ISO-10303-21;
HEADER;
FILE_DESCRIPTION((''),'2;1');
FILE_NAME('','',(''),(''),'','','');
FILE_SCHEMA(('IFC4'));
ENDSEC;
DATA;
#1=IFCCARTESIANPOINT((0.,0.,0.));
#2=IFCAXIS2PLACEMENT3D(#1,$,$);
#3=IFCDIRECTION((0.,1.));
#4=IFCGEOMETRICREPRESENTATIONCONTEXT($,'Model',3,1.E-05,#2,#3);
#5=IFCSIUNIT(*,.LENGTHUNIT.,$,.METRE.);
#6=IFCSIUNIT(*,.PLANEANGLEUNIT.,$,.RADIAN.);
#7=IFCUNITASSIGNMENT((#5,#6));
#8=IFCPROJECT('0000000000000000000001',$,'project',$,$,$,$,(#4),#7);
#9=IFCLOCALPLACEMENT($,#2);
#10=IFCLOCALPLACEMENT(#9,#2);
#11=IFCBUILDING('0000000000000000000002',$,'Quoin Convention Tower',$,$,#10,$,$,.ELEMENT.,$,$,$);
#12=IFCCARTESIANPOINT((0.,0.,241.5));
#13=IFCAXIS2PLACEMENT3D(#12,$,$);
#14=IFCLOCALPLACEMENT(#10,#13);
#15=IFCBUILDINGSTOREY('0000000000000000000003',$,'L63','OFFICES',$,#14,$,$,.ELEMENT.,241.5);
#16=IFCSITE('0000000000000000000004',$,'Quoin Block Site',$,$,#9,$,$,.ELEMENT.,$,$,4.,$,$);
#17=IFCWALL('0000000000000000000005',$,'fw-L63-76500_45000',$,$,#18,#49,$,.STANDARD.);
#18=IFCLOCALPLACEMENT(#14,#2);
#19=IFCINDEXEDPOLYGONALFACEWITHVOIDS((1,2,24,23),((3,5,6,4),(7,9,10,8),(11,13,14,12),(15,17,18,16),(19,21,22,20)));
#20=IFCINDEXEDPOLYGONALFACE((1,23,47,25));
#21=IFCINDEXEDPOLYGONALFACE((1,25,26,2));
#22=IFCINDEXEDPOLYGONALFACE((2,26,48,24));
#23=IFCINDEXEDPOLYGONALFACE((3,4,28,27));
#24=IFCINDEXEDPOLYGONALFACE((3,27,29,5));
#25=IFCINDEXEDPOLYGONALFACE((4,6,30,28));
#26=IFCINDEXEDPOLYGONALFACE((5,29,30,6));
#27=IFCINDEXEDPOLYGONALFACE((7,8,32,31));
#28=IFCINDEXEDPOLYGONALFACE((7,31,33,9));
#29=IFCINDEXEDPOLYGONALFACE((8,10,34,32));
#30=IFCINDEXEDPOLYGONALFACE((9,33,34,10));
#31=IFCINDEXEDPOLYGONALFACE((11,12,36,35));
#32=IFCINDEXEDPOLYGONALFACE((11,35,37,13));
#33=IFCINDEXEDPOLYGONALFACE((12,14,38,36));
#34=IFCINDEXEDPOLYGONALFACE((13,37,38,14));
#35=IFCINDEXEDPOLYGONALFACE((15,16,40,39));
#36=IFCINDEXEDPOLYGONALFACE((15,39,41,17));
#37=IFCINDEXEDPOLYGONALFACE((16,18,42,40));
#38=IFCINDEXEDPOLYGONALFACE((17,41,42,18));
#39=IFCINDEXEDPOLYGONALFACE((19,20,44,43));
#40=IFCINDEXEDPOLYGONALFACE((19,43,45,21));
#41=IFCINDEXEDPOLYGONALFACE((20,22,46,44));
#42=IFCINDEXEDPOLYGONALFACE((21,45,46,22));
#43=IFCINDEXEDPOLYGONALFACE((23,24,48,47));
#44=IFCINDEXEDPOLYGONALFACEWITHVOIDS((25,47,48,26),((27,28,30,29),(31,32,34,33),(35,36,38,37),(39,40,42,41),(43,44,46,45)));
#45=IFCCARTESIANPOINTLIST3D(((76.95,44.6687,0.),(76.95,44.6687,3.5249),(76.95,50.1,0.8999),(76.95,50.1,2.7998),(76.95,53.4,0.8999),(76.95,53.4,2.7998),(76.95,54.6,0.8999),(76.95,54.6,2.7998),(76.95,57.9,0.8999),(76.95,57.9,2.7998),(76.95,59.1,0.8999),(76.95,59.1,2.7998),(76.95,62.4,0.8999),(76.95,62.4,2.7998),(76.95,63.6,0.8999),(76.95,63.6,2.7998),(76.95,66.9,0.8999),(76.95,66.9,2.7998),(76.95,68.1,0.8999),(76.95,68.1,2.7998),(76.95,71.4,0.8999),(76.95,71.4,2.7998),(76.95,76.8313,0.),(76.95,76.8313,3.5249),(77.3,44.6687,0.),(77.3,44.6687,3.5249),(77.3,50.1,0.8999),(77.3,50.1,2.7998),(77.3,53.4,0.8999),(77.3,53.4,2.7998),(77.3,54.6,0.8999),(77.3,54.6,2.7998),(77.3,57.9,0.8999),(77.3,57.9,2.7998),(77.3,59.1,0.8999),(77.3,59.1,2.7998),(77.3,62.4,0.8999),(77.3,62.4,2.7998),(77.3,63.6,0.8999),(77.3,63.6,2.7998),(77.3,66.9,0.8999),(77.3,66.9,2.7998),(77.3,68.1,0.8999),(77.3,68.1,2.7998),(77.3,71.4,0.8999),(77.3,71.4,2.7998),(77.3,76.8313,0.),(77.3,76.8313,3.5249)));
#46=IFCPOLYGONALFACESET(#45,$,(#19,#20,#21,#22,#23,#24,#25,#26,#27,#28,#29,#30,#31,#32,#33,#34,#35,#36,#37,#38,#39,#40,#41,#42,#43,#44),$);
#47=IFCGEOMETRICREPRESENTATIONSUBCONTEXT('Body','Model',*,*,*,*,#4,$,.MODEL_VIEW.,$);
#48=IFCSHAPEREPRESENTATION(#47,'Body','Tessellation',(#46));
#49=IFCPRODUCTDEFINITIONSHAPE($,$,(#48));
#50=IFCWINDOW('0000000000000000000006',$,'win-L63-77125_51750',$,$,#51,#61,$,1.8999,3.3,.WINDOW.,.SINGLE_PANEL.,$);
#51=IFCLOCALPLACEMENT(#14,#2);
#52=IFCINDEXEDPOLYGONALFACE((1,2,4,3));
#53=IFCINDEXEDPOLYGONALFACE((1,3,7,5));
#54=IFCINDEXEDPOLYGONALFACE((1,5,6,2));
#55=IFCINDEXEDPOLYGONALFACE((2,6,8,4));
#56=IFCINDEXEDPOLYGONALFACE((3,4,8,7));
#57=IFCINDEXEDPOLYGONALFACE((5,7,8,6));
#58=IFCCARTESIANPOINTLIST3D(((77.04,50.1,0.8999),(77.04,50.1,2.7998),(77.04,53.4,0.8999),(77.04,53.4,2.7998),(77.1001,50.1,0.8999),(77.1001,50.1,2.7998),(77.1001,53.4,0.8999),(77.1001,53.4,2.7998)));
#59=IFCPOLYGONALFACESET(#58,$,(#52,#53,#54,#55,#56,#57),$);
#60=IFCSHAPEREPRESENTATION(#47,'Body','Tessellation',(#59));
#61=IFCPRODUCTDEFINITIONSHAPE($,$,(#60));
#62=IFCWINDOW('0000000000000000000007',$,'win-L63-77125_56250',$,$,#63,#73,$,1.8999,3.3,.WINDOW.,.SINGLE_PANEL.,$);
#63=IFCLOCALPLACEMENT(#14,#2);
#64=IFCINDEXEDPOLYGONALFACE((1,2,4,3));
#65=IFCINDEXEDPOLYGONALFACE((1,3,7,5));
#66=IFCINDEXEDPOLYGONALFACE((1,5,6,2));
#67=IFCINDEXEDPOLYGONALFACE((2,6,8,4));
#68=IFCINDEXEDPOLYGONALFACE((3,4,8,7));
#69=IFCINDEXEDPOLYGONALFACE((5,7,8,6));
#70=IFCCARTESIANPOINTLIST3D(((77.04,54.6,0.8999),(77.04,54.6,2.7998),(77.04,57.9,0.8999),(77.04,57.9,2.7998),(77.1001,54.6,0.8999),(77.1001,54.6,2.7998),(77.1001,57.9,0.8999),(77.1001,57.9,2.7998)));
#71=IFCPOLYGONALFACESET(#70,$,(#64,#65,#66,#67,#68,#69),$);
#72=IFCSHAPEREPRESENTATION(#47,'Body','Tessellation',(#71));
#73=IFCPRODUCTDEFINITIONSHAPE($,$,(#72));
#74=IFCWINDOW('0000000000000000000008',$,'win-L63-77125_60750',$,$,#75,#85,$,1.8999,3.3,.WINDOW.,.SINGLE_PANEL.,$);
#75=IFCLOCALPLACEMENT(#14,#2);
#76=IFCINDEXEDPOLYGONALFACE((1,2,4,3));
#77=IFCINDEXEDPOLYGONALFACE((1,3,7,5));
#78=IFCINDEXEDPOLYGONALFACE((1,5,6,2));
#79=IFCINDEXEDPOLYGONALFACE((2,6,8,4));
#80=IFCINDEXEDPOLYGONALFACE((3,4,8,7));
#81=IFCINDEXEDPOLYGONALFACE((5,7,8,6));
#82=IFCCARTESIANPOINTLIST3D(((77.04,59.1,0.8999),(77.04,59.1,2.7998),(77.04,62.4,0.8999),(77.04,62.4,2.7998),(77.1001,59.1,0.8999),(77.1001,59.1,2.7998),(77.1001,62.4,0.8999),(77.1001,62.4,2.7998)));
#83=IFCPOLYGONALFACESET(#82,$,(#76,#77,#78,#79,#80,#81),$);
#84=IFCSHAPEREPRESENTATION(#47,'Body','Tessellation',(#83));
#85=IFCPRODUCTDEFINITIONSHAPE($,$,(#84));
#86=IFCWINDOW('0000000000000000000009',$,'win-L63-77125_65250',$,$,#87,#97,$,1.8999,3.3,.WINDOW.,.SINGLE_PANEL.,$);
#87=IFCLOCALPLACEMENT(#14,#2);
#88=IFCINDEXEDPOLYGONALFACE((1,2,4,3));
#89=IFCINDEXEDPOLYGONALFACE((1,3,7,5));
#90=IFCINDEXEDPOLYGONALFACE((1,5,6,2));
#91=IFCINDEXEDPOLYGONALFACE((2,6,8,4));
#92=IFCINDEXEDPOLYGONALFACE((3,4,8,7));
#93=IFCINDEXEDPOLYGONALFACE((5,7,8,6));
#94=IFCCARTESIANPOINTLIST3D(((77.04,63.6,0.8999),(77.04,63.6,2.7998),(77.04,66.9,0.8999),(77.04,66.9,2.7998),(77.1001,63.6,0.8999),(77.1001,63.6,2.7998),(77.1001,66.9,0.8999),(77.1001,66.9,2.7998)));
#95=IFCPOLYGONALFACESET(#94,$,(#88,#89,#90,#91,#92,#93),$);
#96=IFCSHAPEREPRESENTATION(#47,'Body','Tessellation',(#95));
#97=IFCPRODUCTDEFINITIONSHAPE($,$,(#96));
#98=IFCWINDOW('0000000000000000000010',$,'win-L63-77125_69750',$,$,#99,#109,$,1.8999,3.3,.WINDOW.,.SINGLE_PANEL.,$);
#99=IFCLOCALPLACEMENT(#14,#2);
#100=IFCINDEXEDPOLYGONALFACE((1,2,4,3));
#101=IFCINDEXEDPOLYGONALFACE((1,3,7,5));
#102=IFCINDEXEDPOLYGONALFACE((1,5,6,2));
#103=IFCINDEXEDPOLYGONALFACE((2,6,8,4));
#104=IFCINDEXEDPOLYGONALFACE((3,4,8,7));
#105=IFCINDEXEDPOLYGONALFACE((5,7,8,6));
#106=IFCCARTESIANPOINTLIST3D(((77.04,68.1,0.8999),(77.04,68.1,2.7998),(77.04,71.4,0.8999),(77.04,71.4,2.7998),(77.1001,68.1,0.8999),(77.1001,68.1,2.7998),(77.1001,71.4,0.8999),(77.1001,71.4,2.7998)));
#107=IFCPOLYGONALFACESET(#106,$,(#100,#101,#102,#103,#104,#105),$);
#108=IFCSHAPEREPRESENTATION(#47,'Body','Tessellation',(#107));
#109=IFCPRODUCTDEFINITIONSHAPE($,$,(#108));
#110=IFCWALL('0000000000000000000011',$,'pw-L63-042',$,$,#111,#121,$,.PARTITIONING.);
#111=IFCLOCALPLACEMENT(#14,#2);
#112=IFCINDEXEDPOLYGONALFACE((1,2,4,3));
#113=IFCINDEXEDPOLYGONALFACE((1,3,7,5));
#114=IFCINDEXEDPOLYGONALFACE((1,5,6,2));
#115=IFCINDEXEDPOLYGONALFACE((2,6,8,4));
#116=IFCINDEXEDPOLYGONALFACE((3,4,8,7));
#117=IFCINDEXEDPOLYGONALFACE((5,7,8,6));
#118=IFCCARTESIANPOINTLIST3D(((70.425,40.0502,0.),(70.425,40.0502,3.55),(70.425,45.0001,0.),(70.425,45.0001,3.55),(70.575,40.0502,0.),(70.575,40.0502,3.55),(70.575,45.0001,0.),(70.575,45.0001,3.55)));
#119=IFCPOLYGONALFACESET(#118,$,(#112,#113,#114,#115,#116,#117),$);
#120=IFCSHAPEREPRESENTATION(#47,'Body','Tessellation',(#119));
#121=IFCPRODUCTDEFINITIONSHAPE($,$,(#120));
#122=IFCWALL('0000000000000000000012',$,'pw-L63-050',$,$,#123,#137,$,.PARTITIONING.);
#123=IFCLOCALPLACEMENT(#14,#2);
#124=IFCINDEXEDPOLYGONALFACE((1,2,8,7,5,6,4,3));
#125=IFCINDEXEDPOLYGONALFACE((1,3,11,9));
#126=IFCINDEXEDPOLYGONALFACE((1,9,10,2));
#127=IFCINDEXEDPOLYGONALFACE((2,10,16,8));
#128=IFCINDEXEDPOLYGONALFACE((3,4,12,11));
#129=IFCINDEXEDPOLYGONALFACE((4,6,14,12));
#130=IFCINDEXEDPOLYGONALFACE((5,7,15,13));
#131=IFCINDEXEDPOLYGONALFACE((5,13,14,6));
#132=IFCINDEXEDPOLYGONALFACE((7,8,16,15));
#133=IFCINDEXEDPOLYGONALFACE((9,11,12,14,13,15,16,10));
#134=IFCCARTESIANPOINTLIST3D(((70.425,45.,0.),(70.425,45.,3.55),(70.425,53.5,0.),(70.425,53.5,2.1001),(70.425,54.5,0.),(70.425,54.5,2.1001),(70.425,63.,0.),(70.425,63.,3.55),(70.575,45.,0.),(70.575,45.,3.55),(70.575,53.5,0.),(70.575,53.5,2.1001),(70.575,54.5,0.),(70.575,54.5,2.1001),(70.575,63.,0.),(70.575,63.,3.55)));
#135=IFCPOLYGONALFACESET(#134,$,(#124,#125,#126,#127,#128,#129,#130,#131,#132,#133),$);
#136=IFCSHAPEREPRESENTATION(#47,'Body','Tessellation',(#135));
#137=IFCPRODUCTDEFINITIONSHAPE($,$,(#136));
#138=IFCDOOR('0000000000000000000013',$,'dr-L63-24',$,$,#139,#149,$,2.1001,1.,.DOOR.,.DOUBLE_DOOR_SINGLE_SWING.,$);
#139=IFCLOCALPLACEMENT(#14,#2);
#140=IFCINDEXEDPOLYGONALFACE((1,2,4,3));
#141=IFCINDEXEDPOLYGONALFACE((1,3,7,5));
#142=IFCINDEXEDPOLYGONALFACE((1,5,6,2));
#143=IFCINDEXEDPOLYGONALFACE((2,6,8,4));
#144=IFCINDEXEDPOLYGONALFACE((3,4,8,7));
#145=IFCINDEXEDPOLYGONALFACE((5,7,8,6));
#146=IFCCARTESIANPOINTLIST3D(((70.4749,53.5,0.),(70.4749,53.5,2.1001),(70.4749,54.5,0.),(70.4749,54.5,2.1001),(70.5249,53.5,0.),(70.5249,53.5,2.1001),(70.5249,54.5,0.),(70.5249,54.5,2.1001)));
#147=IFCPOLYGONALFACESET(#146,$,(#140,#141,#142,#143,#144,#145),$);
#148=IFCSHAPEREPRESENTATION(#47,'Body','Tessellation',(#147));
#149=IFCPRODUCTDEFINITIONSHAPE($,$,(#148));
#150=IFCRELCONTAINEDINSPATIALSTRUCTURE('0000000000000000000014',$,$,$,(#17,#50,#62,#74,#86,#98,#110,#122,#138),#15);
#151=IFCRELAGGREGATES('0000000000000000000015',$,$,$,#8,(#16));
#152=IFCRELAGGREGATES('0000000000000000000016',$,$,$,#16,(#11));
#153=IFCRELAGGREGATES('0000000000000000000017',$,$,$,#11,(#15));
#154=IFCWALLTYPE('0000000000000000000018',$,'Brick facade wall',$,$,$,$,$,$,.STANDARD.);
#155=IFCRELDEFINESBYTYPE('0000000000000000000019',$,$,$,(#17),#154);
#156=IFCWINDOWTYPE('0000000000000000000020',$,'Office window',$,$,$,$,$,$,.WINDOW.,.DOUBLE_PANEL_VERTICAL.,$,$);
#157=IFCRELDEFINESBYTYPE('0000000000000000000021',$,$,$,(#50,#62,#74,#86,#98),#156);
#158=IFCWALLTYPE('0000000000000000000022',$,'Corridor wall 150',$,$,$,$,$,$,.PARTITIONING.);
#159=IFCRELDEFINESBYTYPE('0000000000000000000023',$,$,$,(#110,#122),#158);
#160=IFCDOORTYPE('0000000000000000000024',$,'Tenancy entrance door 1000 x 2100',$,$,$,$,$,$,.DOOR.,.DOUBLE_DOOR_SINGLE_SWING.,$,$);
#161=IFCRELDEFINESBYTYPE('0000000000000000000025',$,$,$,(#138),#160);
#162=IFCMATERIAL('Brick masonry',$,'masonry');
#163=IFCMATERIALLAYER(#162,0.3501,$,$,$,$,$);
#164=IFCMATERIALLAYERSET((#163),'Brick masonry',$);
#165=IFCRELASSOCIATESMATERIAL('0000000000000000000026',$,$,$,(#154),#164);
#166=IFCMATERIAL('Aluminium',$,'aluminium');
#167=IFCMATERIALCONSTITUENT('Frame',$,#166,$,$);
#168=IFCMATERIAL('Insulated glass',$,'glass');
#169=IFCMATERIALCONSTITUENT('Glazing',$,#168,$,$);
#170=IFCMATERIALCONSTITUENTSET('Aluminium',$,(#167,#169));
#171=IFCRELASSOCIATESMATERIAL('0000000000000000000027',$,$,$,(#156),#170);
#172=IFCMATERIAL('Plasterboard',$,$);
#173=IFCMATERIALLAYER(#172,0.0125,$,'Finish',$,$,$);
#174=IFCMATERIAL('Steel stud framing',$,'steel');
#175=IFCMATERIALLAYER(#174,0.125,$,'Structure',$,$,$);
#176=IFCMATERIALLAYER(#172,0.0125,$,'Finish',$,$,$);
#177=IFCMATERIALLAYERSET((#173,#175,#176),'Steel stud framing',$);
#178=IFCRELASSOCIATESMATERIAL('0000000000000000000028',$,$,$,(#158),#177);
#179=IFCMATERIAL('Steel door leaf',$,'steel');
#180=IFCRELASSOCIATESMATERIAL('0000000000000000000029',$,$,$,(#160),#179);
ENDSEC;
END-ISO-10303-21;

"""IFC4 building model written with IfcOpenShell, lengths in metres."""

from ifc_helpers import new_model, si_unit, direction, frame, frame_2d, origin, place, context, subcontext, project, spatial, rectangle, extrude, material, layer, layer_set, constituent, constituent_set, type_object, element, fill, save


model = new_model("IFC4")

# Units and contexts
model_context = context("Model", 3, precision=1e-05, world=origin(), true_north=direction((0.0, 1.0)))
body_context = subcontext(model_context, "Body", "Model", "MODEL_VIEW")
ifc_project = project(units=[si_unit("LENGTHUNIT", "METRE"), si_unit("PLANEANGLEUNIT", "RADIAN")], contexts=[model_context])

# Site, building, storey
site_placement = place(None, origin())
site = spatial("IfcSite", under=ifc_project, at=site_placement, Name="Quoin Block Site", CompositionType="ELEMENT", RefElevation=4.0)
building_placement = place(site_placement, origin())
building = spatial("IfcBuilding", under=site, at=building_placement, Name="Quoin Convention Tower", CompositionType="ELEMENT")
storey_placement = place(building_placement, frame((0.0, 0.0, 241.5)))
storey = spatial("IfcBuildingStorey", under=building, at=storey_placement, Name="L63", Description="OFFICES", CompositionType="ELEMENT", Elevation=241.5)

# Shared definitions
ifc_material_1 = material(Name="Brick masonry", Category="masonry")
ifc_layer_1 = layer(ifc_material_1, 0.3501)
ifc_layer_set_1 = layer_set([ifc_layer_1], Name="Brick masonry")
wall_type_1 = type_object("IfcWallType", Name="Brick facade wall", PredefinedType="STANDARD", material=ifc_layer_set_1)
ifc_material_2 = material(Name="Aluminium", Category="aluminium")
ifc_constituent_1 = constituent(ifc_material_2, Name="Frame")
ifc_material_3 = material(Name="Insulated glass", Category="glass")
ifc_constituent_2 = constituent(ifc_material_3, Name="Glazing")
ifc_constituent_set = constituent_set(constituents=[ifc_constituent_1, ifc_constituent_2], Name="Aluminium")
window_type = type_object("IfcWindowType", Name="Office window", PartitioningType="DOUBLE_PANEL_VERTICAL", PredefinedType="WINDOW", material=ifc_constituent_set)

# Wall, openings, windows
wall_1_placement = place(storey_placement, frame((77.125, 44.6687, 0.0), z_axis=(0.0, 0.0, 1.0), x_axis=(0.0, 1.0, 0.0)))
wall_1 = element("IfcWall", 1, at=wall_1_placement, inside=storey, type_object=wall_type_1, Name="fw-L63-76500_45000", PredefinedType="STANDARD", context=body_context, shape_type="SweptSolid", body=[
    extrude(rectangle(XDim=32.1626, YDim=0.3501, at=frame_2d((16.0813, 0.0))), origin(), (0.0, 0.0, 1.0), 3.5249),
])
opening_1_placement = place(wall_1_placement, frame((5.4314, 0.0, 0.8999)))
opening_1 = element("IfcOpeningElement", 2, at=opening_1_placement, cuts=wall_1, PredefinedType="OPENING", context=body_context, shape_type="SweptSolid", body=[
    extrude(rectangle(XDim=3.3, YDim=1.8999, at=frame_2d((1.6499, 0.95))), frame((0.0, 0.1851, 0.0), z_axis=(0.0, -1.0, 0.0), x_axis=(1.0, 0.0, 0.0)), (0.0, 0.0, 1.0), 0.3701),
])
opening_2_placement = place(wall_1_placement, frame((9.9314, 0.0, 0.8999)))
opening_2 = element("IfcOpeningElement", 3, at=opening_2_placement, cuts=wall_1, PredefinedType="OPENING", context=body_context, shape_type="SweptSolid", body=[
    extrude(rectangle(XDim=3.3, YDim=1.8999, at=frame_2d((1.6499, 0.95))), frame((0.0, 0.1851, 0.0), z_axis=(0.0, -1.0, 0.0), x_axis=(1.0, 0.0, 0.0)), (0.0, 0.0, 1.0), 0.3701),
])
opening_3_placement = place(wall_1_placement, frame((14.4314, 0.0, 0.8999)))
opening_3 = element("IfcOpeningElement", 4, at=opening_3_placement, cuts=wall_1, PredefinedType="OPENING", context=body_context, shape_type="SweptSolid", body=[
    extrude(rectangle(XDim=3.3, YDim=1.8999, at=frame_2d((1.6499, 0.95))), frame((0.0, 0.1851, 0.0), z_axis=(0.0, -1.0, 0.0), x_axis=(1.0, 0.0, 0.0)), (0.0, 0.0, 1.0), 0.3701),
])
opening_4_placement = place(wall_1_placement, frame((18.9314, 0.0, 0.8999)))
opening_4 = element("IfcOpeningElement", 5, at=opening_4_placement, cuts=wall_1, PredefinedType="OPENING", context=body_context, shape_type="SweptSolid", body=[
    extrude(rectangle(XDim=3.3, YDim=1.8999, at=frame_2d((1.6499, 0.95))), frame((0.0, 0.1851, 0.0), z_axis=(0.0, -1.0, 0.0), x_axis=(1.0, 0.0, 0.0)), (0.0, 0.0, 1.0), 0.3701),
])
opening_5_placement = place(wall_1_placement, frame((23.4314, 0.0, 0.8999)))
opening_5 = element("IfcOpeningElement", 6, at=opening_5_placement, cuts=wall_1, PredefinedType="OPENING", context=body_context, shape_type="SweptSolid", body=[
    extrude(rectangle(XDim=3.3, YDim=1.8999, at=frame_2d((1.6499, 0.95))), frame((0.0, 0.1851, 0.0), z_axis=(0.0, -1.0, 0.0), x_axis=(1.0, 0.0, 0.0)), (0.0, 0.0, 1.0), 0.3701),
])
window_1_placement = place(opening_1_placement, origin())
window_1 = element("IfcWindow", 7, at=window_1_placement, inside=storey, type_object=window_type, Name="win-L63-77125_51750", OverallHeight=1.8999, OverallWidth=3.3, PartitioningType="SINGLE_PANEL", PredefinedType="WINDOW", context=body_context, shape_type="SweptSolid", body=[
    extrude(rectangle(XDim=3.3, YDim=1.8999, at=frame_2d((1.6499, 0.95))), frame((0.0, 0.085, 0.0), z_axis=(0.0, -1.0, 0.0), x_axis=(1.0, 0.0, 0.0)), (0.0, 0.0, 1.0), 0.0601),
])
fill(opening_1, window_1)
window_2_placement = place(opening_2_placement, origin())
window_2 = element("IfcWindow", 8, at=window_2_placement, inside=storey, type_object=window_type, Name="win-L63-77125_56250", OverallHeight=1.8999, OverallWidth=3.3, PartitioningType="SINGLE_PANEL", PredefinedType="WINDOW", context=body_context, shape_type="SweptSolid", body=[
    extrude(rectangle(XDim=3.3, YDim=1.8999, at=frame_2d((1.6499, 0.95))), frame((0.0, 0.085, 0.0), z_axis=(0.0, -1.0, 0.0), x_axis=(1.0, 0.0, 0.0)), (0.0, 0.0, 1.0), 0.0601),
])
fill(opening_2, window_2)
window_3_placement = place(opening_3_placement, origin())
window_3 = element("IfcWindow", 9, at=window_3_placement, inside=storey, type_object=window_type, Name="win-L63-77125_60750", OverallHeight=1.8999, OverallWidth=3.3, PartitioningType="SINGLE_PANEL", PredefinedType="WINDOW", context=body_context, shape_type="SweptSolid", body=[
    extrude(rectangle(XDim=3.3, YDim=1.8999, at=frame_2d((1.6499, 0.95))), frame((0.0, 0.085, 0.0), z_axis=(0.0, -1.0, 0.0), x_axis=(1.0, 0.0, 0.0)), (0.0, 0.0, 1.0), 0.0601),
])
fill(opening_3, window_3)
window_4_placement = place(opening_4_placement, origin())
window_4 = element("IfcWindow", 10, at=window_4_placement, inside=storey, type_object=window_type, Name="win-L63-77125_65250", OverallHeight=1.8999, OverallWidth=3.3, PartitioningType="SINGLE_PANEL", PredefinedType="WINDOW", context=body_context, shape_type="SweptSolid", body=[
    extrude(rectangle(XDim=3.3, YDim=1.8999, at=frame_2d((1.6499, 0.95))), frame((0.0, 0.085, 0.0), z_axis=(0.0, -1.0, 0.0), x_axis=(1.0, 0.0, 0.0)), (0.0, 0.0, 1.0), 0.0601),
])
fill(opening_4, window_4)
window_5_placement = place(opening_5_placement, origin())
window_5 = element("IfcWindow", 11, at=window_5_placement, inside=storey, type_object=window_type, Name="win-L63-77125_69750", OverallHeight=1.8999, OverallWidth=3.3, PartitioningType="SINGLE_PANEL", PredefinedType="WINDOW", context=body_context, shape_type="SweptSolid", body=[
    extrude(rectangle(XDim=3.3, YDim=1.8999, at=frame_2d((1.6499, 0.95))), frame((0.0, 0.085, 0.0), z_axis=(0.0, -1.0, 0.0), x_axis=(1.0, 0.0, 0.0)), (0.0, 0.0, 1.0), 0.0601),
])
fill(opening_5, window_5)

# Wall
ifc_material_4 = material(Name="Plasterboard")
ifc_layer_2 = layer(ifc_material_4, 0.0125, Name="Finish")
ifc_material_5 = material(Name="Steel stud framing", Category="steel")
ifc_layer_3 = layer(ifc_material_5, 0.125, Name="Structure")
ifc_layer_4 = layer(ifc_material_4, 0.0125, Name="Finish")
ifc_layer_set_2 = layer_set([ifc_layer_2, ifc_layer_3, ifc_layer_4], Name="Steel stud framing")
wall_type_2 = type_object("IfcWallType", Name="Corridor wall 150", PredefinedType="PARTITIONING", material=ifc_layer_set_2)
wall_2_placement = place(storey_placement, frame((70.5, 40.05, 0.0), z_axis=(0.0, 0.0, 1.0), x_axis=(0.0, 1.0, 0.0)))
element("IfcWall", 12, at=wall_2_placement, inside=storey, type_object=wall_type_2, Name="pw-L63-042", PredefinedType="PARTITIONING", context=body_context, shape_type="SweptSolid", body=[
    extrude(rectangle(XDim=4.95, YDim=0.1499, at=frame_2d((2.4751, 0.0))), origin(), (0.0, 0.0, 1.0), 3.55),
])

# Wall, opening, door
wall_3_placement = place(storey_placement, frame((70.5, 45.0, 0.0), z_axis=(0.0, 0.0, 1.0), x_axis=(0.0, 1.0, 0.0)))
wall_3 = element("IfcWall", 13, at=wall_3_placement, inside=storey, type_object=wall_type_2, Name="pw-L63-050", PredefinedType="PARTITIONING", context=body_context, shape_type="SweptSolid", body=[
    extrude(rectangle(XDim=18.0, YDim=0.1499, at=frame_2d((9.0, 0.0))), origin(), (0.0, 0.0, 1.0), 3.55),
])
opening_6_placement = place(wall_3_placement, frame((8.5, 0.0, 0.0)))
opening_6 = element("IfcOpeningElement", 14, at=opening_6_placement, cuts=wall_3, PredefinedType="OPENING", context=body_context, shape_type="SweptSolid", body=[
    extrude(rectangle(XDim=1.0, YDim=2.1001, at=frame_2d((0.5, 1.05))), frame((0.0, 0.085, 0.0), z_axis=(0.0, -1.0, 0.0), x_axis=(1.0, 0.0, 0.0)), (0.0, 0.0, 1.0), 0.1699),
])
ifc_material_6 = material(Name="Steel door leaf", Category="steel")
door_type_1 = type_object("IfcDoorType", Name="Tenancy entrance door 1000 x 2100", OperationType="DOUBLE_DOOR_SINGLE_SWING", PredefinedType="DOOR", material=ifc_material_6)
door_1_placement = place(opening_6_placement, frame((1.0, 0.0, 0.0), z_axis=(0.0, 0.0, 1.0), x_axis=(-1.0, 0.0, 0.0)))
door_1 = element("IfcDoor", 15, at=door_1_placement, inside=storey, type_object=door_type_1, Name="dr-L63-24", OperationType="DOUBLE_DOOR_SINGLE_SWING", OverallHeight=2.1001, OverallWidth=1.0, PredefinedType="DOOR", context=body_context, shape_type="SweptSolid", body=[
    extrude(rectangle(XDim=1.0, YDim=2.1001, at=frame_2d((0.5, 1.05))), frame((0.0, 0.0249, 0.0), z_axis=(0.0, -1.0, 0.0), x_axis=(1.0, 0.0, 0.0)), (0.0, 0.0, 1.0), 0.05),
])
fill(opening_6, door_1)

save(model, "model.ifc")
